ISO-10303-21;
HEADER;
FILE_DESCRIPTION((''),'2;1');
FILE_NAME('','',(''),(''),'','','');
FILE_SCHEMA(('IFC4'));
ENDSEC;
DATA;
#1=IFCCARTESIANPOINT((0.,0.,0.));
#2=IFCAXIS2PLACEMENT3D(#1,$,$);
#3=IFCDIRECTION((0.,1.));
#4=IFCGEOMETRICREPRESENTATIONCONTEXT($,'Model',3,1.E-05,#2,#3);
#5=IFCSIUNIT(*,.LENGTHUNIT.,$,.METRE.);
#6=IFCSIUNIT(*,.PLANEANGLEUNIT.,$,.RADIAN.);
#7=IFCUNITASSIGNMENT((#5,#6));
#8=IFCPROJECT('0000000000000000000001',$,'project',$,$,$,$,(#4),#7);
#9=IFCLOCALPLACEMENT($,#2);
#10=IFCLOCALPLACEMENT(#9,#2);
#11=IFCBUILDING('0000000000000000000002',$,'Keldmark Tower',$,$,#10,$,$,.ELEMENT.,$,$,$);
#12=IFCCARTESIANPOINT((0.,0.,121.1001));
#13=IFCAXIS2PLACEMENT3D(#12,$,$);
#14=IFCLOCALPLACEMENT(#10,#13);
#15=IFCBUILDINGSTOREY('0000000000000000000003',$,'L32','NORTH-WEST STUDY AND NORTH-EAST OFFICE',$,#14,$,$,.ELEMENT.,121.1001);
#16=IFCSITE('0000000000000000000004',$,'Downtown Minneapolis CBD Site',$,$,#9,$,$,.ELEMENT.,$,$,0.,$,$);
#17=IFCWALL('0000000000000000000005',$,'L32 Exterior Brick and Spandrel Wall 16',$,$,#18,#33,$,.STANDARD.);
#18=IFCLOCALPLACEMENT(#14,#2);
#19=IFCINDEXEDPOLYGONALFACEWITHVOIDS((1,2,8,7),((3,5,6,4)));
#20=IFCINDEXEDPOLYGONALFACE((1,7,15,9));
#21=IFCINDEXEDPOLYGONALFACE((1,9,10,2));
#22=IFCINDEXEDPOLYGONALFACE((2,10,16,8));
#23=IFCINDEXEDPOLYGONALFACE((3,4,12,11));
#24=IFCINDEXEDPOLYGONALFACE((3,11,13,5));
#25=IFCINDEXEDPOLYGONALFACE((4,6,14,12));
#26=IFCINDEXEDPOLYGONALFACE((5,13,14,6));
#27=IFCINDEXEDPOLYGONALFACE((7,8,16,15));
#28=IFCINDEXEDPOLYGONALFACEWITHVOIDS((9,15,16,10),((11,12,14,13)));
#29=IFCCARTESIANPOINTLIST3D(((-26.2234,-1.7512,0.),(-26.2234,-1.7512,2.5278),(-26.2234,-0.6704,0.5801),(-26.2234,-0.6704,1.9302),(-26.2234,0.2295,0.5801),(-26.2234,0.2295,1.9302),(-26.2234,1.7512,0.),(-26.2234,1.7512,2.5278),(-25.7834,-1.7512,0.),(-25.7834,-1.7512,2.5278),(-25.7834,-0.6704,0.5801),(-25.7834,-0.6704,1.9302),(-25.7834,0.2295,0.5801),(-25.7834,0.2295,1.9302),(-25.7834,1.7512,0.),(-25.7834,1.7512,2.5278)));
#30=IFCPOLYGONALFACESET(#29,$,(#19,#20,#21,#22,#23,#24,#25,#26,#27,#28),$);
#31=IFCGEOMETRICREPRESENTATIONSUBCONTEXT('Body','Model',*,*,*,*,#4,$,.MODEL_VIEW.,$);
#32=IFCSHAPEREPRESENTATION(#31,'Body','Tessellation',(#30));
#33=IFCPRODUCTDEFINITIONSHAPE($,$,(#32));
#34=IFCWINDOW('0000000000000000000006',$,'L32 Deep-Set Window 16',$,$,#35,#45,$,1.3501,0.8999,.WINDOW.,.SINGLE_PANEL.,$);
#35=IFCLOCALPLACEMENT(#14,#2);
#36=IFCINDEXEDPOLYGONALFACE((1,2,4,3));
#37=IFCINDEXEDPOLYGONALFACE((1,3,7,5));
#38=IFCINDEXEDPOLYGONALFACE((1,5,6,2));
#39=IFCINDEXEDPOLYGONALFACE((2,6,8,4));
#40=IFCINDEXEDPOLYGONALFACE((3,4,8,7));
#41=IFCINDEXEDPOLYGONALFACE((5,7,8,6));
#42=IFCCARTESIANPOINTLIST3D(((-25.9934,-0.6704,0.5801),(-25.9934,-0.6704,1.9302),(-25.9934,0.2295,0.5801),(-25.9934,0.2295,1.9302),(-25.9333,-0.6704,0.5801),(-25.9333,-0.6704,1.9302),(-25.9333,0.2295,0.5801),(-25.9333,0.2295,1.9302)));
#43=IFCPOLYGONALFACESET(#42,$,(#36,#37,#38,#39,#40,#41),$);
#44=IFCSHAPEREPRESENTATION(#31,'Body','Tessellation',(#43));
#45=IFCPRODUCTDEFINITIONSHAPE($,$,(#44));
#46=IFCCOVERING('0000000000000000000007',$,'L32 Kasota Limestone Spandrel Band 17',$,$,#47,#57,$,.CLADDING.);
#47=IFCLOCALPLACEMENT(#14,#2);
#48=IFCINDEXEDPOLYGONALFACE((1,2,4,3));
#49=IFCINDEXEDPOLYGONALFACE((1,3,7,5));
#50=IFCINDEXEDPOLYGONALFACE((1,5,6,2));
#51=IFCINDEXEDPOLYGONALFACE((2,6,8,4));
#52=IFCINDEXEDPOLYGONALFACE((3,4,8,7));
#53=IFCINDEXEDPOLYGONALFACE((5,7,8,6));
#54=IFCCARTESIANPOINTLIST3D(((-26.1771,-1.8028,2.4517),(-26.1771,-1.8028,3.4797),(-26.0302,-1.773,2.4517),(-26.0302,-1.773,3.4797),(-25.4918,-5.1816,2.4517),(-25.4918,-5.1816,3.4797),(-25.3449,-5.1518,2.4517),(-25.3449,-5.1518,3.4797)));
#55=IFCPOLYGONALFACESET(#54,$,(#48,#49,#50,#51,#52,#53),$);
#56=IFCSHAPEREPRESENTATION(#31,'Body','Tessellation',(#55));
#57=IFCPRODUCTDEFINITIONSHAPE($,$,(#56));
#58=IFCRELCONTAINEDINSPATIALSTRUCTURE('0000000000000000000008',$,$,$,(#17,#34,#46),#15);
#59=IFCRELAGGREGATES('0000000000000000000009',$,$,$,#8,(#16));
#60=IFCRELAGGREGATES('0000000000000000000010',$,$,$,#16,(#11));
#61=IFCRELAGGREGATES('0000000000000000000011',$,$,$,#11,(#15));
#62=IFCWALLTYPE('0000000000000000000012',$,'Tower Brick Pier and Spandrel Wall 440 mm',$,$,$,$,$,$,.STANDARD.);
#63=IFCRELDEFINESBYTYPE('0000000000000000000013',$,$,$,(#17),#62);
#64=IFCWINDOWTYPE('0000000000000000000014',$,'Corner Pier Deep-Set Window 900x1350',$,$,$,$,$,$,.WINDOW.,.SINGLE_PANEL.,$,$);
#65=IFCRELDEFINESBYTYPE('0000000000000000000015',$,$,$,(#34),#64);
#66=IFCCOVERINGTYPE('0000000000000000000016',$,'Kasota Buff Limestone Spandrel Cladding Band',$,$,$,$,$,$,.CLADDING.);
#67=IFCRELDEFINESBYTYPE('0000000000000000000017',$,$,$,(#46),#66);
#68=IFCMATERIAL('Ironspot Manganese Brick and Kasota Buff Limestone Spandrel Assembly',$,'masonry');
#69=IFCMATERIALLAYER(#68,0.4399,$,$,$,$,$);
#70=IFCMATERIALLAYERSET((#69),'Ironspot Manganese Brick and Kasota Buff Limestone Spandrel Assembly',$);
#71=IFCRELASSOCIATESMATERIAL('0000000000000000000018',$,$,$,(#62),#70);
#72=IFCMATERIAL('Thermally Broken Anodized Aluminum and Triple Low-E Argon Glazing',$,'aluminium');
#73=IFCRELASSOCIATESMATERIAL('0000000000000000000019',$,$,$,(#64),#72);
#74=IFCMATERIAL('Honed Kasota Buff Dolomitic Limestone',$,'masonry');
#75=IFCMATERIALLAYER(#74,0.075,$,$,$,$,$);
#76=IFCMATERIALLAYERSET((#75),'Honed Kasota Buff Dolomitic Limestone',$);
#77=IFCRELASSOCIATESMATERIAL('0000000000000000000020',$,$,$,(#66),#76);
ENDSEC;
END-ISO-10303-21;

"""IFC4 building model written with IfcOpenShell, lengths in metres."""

from ifc_helpers import new_model, si_unit, direction, frame, frame_2d, origin, origin_2d, place, context, subcontext, project, spatial, rectangle, extrude, material, layer, layer_set, type_object, element, fill, save


model = new_model("IFC4")

# Units and contexts
model_context = context("Model", 3, precision=1e-05, world=origin(), true_north=direction((0.0, 1.0)))
body_context = subcontext(model_context, "Body", "Model", "MODEL_VIEW")
ifc_project = project(units=[si_unit("LENGTHUNIT", "METRE"), si_unit("PLANEANGLEUNIT", "RADIAN")], contexts=[model_context])

# Site, building, storey
site_placement = place(None, origin())
site = spatial("IfcSite", under=ifc_project, at=site_placement, Name="Downtown Minneapolis CBD Site", CompositionType="ELEMENT", RefElevation=0.0)
building_placement = place(site_placement, origin())
building = spatial("IfcBuilding", under=site, at=building_placement, Name="Keldmark Tower", CompositionType="ELEMENT")
storey_placement = place(building_placement, frame((0.0, 0.0, 121.1001)))
storey = spatial("IfcBuildingStorey", under=building, at=storey_placement, Name="L32", Description="NORTH-WEST STUDY AND NORTH-EAST OFFICE", CompositionType="ELEMENT", Elevation=121.1001)

# Wall, opening, window
ifc_material_1 = material(Name="Ironspot Manganese Brick and Kasota Buff Limestone Spandrel Assembly", Category="masonry")
ifc_layer_1 = layer(ifc_material_1, 0.4399)
ifc_layer_set_1 = layer_set([ifc_layer_1], Name="Ironspot Manganese Brick and Kasota Buff Limestone Spandrel Assembly")
wall_type_1 = type_object("IfcWallType", Name="Tower Brick Pier and Spandrel Wall 440 mm", PredefinedType="STANDARD", material=ifc_layer_set_1)
wall_1_placement = place(storey_placement, frame((-26.0034, -1.7512, 0.0), z_axis=(0.0, 0.0, 1.0), x_axis=(0.0, 1.0, 0.0)))
wall_1 = element("IfcWall", 1, at=wall_1_placement, inside=storey, type_object=wall_type_1, Name="L32 Exterior Brick and Spandrel Wall 16", PredefinedType="STANDARD", context=body_context, shape_type="SweptSolid", body=[
    extrude(rectangle(XDim=3.5024, YDim=0.4399, at=frame_2d((1.7512, 0.0))), origin(), (0.0, 0.0, 1.0), 2.5278),
])
opening_1_placement = place(wall_1_placement, frame((1.0808, 0.0, 0.5801)))
opening_1 = element("IfcOpeningElement", 2, at=opening_1_placement, cuts=wall_1, PredefinedType="OPENING", context=body_context, shape_type="SweptSolid", body=[
    extrude(rectangle(XDim=0.8999, YDim=1.3501, at=frame_2d((0.45, 0.675))), frame((0.0, 0.23, 0.0), z_axis=(0.0, -1.0, 0.0), x_axis=(1.0, 0.0, 0.0)), (0.0, 0.0, 1.0), 0.46),
])
ifc_material_2 = material(Name="Thermally Broken Anodized Aluminum and Triple Low-E Argon Glazing", Category="aluminium")
window_type_1 = type_object("IfcWindowType", Name="Corner Pier Deep-Set Window 900x1350", PartitioningType="SINGLE_PANEL", PredefinedType="WINDOW", material=ifc_material_2)
window_1_placement = place(opening_1_placement, origin())
window_1 = element("IfcWindow", 3, at=window_1_placement, inside=storey, type_object=window_type_1, Name="L32 Deep-Set Window 16", OverallHeight=1.3501, OverallWidth=0.8999, PartitioningType="SINGLE_PANEL", PredefinedType="WINDOW", context=body_context, shape_type="SweptSolid", body=[
    extrude(rectangle(XDim=0.8999, YDim=1.3501, at=frame_2d((0.45, 0.675))), frame((0.0, -0.01, 0.0), z_axis=(0.0, -1.0, 0.0), x_axis=(1.0, 0.0, 0.0)), (0.0, 0.0, 1.0), 0.0601),
])
fill(opening_1, window_1)

# Covering
ifc_material_3 = material(Name="Honed Kasota Buff Dolomitic Limestone", Category="masonry")
ifc_layer_2 = layer(ifc_material_3, 0.075)
ifc_layer_set_2 = layer_set([ifc_layer_2], Name="Honed Kasota Buff Dolomitic Limestone")
covering_type = type_object("IfcCoveringType", Name="Kasota Buff Limestone Spandrel Cladding Band", PredefinedType="CLADDING", material=ifc_layer_set_2)
covering_placement = place(storey_placement, frame((-25.761, -3.4773, 2.4517), z_axis=(0.0, 0.0, 1.0), x_axis=(0.198769, -0.980046, 0.0)))
element("IfcCovering", 4, at=covering_placement, inside=storey, type_object=covering_type, Name="L32 Kasota Limestone Spandrel Band 17", PredefinedType="CLADDING", context=body_context, shape_type="SweptSolid", body=[
    extrude(rectangle(XDim=3.4475, YDim=0.1499, at=origin_2d()), origin(), (0.0, 0.0, 1.0), 1.0281),
])

save(model, "model.ifc")
